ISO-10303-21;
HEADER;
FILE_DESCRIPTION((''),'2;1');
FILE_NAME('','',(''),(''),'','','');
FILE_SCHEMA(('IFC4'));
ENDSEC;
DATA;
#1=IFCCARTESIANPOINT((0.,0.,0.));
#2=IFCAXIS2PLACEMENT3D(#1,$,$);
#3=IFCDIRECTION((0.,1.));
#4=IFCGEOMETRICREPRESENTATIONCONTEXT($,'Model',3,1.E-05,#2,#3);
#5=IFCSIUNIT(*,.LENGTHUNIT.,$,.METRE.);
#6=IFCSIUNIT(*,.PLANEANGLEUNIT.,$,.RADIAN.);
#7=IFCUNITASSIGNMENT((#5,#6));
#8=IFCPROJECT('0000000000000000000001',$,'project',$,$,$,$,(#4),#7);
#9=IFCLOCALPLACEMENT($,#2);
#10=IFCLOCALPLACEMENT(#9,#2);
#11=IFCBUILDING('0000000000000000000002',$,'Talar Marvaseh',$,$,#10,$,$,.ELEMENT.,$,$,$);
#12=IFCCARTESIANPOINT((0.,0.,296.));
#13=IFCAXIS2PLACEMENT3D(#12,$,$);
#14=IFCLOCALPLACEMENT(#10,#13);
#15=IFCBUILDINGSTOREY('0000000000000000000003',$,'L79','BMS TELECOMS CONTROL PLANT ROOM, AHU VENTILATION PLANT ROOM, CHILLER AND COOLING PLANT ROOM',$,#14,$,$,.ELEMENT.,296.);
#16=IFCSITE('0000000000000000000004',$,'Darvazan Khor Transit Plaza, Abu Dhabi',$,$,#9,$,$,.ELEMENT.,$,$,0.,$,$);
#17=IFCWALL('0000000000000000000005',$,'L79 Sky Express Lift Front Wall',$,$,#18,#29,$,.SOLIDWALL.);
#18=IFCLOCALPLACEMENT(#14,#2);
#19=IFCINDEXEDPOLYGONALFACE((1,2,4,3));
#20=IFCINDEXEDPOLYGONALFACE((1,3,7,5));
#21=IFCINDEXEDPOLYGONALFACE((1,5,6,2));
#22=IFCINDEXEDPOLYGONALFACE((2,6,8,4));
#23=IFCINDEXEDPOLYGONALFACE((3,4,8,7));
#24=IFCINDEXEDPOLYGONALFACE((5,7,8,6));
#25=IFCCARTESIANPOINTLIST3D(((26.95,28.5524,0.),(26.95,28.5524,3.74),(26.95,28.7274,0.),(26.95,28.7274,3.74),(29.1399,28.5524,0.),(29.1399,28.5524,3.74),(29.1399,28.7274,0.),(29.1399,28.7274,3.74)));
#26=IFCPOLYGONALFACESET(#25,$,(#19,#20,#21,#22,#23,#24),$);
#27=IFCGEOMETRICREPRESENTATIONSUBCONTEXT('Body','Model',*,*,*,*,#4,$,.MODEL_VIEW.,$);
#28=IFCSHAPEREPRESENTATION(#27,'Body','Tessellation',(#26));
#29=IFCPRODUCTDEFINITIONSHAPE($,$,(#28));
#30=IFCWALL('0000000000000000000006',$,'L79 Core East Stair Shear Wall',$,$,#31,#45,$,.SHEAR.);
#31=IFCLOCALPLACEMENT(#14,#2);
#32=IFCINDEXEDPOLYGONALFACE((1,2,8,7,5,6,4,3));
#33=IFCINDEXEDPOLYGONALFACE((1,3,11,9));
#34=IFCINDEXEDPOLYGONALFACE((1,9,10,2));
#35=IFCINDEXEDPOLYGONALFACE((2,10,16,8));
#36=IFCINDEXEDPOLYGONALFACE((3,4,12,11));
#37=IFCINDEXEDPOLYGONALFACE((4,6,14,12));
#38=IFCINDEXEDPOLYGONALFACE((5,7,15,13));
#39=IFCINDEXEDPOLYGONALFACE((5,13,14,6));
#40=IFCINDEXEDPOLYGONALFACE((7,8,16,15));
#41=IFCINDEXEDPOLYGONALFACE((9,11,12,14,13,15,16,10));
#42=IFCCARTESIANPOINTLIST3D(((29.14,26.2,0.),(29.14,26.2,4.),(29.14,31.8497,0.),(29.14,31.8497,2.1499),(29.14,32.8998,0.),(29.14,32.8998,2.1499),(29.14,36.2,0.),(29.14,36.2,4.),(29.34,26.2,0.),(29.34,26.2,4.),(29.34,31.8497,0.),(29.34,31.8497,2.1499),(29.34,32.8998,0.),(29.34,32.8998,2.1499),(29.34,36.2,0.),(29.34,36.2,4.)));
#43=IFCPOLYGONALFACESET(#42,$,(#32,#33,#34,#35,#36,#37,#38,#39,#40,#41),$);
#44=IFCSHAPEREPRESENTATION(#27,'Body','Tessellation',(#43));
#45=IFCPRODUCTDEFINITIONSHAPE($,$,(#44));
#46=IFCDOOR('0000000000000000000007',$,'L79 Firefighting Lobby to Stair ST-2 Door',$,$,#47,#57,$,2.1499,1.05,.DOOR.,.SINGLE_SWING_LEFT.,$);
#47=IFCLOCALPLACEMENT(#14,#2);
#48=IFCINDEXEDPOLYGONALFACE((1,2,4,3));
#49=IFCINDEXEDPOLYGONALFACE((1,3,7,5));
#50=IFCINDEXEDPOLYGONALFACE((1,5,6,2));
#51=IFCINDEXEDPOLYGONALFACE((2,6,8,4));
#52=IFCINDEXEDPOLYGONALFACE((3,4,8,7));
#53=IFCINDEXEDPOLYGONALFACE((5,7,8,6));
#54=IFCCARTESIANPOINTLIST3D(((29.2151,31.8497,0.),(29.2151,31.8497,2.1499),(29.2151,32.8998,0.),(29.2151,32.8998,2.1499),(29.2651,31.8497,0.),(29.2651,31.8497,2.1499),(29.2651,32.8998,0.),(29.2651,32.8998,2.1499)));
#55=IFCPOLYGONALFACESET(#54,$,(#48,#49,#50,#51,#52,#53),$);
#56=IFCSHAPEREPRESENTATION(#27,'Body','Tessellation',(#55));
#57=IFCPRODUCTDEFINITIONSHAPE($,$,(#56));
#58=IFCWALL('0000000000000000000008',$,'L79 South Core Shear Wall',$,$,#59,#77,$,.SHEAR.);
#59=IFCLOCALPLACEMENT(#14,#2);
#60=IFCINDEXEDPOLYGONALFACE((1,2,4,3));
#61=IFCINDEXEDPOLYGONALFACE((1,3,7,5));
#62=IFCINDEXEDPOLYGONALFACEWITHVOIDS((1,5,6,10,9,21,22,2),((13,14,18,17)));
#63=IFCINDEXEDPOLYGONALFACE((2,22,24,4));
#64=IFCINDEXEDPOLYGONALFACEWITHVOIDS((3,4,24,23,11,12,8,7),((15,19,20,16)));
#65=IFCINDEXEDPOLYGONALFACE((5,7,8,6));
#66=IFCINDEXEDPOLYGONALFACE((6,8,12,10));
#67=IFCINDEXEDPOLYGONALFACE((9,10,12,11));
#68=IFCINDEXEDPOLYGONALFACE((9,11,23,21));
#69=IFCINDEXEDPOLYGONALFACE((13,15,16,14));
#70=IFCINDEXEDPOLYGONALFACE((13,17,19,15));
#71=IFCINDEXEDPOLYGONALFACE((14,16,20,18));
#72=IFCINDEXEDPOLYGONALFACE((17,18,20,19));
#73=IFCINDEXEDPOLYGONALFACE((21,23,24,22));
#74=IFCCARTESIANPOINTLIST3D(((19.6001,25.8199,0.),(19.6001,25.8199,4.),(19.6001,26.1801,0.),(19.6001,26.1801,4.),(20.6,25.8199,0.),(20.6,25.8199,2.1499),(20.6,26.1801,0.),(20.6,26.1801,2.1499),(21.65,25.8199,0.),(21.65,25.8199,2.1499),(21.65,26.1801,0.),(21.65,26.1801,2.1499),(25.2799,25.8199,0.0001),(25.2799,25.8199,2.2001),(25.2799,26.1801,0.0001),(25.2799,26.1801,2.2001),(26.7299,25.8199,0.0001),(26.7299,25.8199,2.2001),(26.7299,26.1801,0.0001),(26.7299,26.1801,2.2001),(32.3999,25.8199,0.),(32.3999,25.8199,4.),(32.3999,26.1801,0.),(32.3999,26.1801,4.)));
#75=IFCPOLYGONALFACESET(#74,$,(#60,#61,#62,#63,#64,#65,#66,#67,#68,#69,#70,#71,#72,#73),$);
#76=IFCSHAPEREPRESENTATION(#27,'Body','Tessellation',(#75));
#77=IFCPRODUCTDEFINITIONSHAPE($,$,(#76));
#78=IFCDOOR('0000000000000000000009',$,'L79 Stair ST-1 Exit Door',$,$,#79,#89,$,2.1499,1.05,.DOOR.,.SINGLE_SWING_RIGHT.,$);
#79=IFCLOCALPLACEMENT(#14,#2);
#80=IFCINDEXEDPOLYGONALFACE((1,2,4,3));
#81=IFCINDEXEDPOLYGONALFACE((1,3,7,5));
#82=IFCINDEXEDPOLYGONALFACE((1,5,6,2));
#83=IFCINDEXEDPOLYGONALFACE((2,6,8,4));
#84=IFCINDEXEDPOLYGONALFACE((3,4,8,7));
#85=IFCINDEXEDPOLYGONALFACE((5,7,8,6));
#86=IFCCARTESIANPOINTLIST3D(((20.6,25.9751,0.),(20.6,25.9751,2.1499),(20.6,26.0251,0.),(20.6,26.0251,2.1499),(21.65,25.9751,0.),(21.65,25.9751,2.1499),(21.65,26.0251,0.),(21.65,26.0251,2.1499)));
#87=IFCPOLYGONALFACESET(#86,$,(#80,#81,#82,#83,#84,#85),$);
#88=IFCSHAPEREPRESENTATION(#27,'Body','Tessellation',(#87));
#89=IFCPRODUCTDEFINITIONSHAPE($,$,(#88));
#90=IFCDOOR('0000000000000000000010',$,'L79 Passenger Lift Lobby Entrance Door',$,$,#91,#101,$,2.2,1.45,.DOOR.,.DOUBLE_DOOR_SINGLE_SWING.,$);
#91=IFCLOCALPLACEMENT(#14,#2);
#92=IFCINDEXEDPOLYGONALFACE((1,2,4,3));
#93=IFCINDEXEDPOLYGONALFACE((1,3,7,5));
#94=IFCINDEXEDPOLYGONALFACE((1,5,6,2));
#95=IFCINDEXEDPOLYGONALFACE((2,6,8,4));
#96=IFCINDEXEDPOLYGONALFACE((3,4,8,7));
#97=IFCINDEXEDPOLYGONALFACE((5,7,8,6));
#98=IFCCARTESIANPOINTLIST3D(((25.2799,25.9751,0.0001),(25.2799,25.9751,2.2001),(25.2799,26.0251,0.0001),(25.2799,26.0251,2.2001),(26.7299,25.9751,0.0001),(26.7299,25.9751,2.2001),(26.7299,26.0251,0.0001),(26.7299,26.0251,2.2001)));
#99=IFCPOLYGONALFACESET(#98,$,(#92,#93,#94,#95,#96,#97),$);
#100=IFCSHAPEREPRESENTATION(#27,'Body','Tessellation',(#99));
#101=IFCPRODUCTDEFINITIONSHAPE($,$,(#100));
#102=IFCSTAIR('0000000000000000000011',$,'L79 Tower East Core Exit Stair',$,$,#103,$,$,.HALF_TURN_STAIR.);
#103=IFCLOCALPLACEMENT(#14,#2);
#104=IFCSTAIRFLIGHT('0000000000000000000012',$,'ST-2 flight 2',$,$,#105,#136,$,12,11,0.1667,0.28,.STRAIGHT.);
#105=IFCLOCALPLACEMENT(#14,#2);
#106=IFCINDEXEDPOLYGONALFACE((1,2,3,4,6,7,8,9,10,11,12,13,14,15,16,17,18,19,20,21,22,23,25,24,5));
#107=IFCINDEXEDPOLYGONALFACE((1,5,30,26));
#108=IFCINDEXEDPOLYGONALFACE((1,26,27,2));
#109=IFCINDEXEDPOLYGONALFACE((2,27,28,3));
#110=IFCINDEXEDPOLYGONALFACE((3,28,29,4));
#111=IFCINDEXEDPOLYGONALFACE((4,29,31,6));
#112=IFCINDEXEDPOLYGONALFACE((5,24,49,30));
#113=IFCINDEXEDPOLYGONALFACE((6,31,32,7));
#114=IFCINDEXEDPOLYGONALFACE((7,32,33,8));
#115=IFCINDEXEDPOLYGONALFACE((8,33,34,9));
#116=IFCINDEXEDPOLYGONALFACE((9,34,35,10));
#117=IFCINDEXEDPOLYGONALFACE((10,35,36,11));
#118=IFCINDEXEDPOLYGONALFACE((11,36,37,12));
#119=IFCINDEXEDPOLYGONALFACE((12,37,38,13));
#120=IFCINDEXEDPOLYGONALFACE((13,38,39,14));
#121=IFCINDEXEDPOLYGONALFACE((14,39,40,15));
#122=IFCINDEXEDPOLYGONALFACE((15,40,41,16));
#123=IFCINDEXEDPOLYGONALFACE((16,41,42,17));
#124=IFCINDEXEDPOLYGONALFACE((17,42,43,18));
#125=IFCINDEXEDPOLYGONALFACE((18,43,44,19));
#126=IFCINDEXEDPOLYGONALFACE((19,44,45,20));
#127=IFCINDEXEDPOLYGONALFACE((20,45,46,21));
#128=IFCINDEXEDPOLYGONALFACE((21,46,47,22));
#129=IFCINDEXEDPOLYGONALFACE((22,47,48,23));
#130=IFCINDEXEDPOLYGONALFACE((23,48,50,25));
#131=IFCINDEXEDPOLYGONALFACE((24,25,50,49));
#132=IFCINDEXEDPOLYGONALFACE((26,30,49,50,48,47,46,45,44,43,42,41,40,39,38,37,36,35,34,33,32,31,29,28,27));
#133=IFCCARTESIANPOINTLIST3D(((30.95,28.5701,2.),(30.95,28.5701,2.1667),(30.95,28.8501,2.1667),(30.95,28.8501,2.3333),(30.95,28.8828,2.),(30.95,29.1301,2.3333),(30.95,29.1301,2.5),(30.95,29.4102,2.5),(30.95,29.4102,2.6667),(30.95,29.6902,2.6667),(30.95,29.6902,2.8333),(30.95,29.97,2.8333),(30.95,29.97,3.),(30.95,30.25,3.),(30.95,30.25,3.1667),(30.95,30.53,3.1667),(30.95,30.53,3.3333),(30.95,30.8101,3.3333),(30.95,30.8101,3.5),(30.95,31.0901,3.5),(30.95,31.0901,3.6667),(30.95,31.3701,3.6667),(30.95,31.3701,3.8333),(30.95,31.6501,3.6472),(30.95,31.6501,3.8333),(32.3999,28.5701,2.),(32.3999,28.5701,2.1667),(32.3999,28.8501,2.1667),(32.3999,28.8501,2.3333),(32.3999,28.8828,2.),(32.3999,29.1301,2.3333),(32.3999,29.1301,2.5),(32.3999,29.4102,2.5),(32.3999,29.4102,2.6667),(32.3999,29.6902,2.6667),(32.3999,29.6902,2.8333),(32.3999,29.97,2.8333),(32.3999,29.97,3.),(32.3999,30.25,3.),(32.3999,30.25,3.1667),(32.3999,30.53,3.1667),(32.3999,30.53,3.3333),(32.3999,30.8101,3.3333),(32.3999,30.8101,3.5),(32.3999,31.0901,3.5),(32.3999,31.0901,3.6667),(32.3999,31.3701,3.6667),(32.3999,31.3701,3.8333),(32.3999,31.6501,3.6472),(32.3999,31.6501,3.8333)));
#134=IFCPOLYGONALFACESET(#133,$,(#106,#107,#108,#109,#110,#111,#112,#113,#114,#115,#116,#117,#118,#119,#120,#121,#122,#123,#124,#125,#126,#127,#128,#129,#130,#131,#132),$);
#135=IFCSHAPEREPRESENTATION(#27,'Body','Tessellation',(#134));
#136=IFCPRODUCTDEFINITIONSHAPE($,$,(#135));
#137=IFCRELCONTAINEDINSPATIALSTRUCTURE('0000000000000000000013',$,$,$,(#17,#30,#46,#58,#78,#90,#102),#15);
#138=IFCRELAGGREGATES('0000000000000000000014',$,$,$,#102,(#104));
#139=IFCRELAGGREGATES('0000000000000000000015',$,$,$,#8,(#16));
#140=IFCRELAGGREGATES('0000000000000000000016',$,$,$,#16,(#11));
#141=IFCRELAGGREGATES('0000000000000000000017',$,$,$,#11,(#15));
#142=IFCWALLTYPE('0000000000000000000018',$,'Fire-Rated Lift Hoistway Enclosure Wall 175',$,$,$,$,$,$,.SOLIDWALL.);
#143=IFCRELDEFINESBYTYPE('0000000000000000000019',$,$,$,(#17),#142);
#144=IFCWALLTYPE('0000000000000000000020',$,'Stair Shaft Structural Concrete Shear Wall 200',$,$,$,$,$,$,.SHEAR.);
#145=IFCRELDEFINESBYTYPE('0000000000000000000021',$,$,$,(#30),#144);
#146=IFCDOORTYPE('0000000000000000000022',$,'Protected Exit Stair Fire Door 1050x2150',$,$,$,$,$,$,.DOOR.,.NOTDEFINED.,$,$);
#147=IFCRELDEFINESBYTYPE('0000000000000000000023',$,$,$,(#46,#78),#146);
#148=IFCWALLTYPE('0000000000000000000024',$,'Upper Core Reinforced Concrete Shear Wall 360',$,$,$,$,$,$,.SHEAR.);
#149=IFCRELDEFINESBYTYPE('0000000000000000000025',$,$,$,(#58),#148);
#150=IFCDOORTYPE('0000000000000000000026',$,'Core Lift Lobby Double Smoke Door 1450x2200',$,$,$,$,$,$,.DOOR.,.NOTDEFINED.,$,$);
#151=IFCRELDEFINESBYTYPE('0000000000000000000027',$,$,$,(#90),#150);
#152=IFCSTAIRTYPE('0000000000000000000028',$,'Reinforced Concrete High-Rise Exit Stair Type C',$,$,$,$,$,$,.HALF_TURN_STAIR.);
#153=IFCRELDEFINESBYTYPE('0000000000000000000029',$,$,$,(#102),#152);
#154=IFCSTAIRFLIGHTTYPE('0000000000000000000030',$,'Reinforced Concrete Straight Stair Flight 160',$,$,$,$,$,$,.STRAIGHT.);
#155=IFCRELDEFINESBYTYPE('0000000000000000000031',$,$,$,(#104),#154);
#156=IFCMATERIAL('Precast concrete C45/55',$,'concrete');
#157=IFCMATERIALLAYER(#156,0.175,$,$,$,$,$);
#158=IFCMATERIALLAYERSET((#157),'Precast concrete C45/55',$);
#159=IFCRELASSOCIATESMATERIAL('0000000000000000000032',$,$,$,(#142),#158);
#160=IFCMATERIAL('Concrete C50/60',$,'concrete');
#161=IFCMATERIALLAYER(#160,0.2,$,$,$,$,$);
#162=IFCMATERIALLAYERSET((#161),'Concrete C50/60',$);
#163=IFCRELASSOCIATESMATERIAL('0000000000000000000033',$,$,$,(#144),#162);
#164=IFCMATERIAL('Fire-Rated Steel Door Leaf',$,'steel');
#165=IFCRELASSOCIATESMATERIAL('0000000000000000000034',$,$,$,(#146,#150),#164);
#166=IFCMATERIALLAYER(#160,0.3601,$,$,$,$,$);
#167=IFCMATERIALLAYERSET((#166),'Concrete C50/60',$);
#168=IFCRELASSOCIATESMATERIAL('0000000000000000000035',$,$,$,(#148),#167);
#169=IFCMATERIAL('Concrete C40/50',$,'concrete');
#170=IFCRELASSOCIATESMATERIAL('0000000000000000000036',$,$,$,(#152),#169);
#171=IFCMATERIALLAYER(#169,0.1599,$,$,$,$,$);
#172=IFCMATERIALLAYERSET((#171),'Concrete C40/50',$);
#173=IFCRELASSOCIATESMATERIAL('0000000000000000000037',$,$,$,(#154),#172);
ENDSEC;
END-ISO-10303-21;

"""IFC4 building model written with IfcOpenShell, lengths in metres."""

from ifc_helpers import new_model, si_unit, direction, frame, frame_2d, origin, place, context, subcontext, project, spatial, polyline, rectangle, outline, extrude, source, transform, mapped, material, layer, layer_set, type_object, type_shapes, element, fill, aggregate, save


model = new_model("IFC4")

# Units and contexts
model_context = context("Model", 3, precision=1e-05, world=origin(), true_north=direction((0.0, 1.0)))
body_context = subcontext(model_context, "Body", "Model", "MODEL_VIEW")
ifc_project = project(units=[si_unit("LENGTHUNIT", "METRE"), si_unit("PLANEANGLEUNIT", "RADIAN")], contexts=[model_context])

# Site, building, storey
site_placement = place(None, origin())
site = spatial("IfcSite", under=ifc_project, at=site_placement, Name="Darvazan Khor Transit Plaza, Abu Dhabi", CompositionType="ELEMENT", RefElevation=0.0)
building_placement = place(site_placement, origin())
building = spatial("IfcBuilding", under=site, at=building_placement, Name="Talar Marvaseh", CompositionType="ELEMENT")
storey_placement = place(building_placement, frame((0.0, 0.0, 296.0)))
storey = spatial("IfcBuildingStorey", under=building, at=storey_placement, Name="L79", Description="BMS TELECOMS CONTROL PLANT ROOM, AHU VENTILATION PLANT ROOM, CHILLER AND COOLING PLANT ROOM", CompositionType="ELEMENT", Elevation=296.0)

# Shared definitions
ifc_material_1 = material(Name="Concrete C50/60", Category="concrete")

# Wall
ifc_material_2 = material(Name="Precast concrete C45/55", Category="concrete")
ifc_layer_1 = layer(ifc_material_2, 0.175)
ifc_layer_set_1 = layer_set([ifc_layer_1], Name="Precast concrete C45/55")
wall_type_1 = type_object("IfcWallType", Name="Fire-Rated Lift Hoistway Enclosure Wall 175", PredefinedType="SOLIDWALL", material=ifc_layer_set_1)
wall_1_placement = place(storey_placement, frame((26.95, 28.6399, 0.0), z_axis=(0.0, 0.0, 1.0), x_axis=(1.0, 0.0, 0.0)))
element("IfcWall", 1, at=wall_1_placement, inside=storey, type_object=wall_type_1, Name="L79 Sky Express Lift Front Wall", PredefinedType="SOLIDWALL", context=body_context, shape_type="SweptSolid", body=[
    extrude(rectangle(XDim=2.1899, YDim=0.175, at=frame_2d((1.095, 0.0))), origin(), (0.0, 0.0, 1.0), 3.74),
])

# Wall, opening, door
ifc_layer_2 = layer(ifc_material_1, 0.2)
ifc_layer_set_2 = layer_set([ifc_layer_2], Name="Concrete C50/60")
wall_type_2 = type_object("IfcWallType", Name="Stair Shaft Structural Concrete Shear Wall 200", PredefinedType="SHEAR", material=ifc_layer_set_2)
wall_2_placement = place(storey_placement, frame((29.24, 26.2, 0.0), z_axis=(0.0, 0.0, 1.0), x_axis=(0.0, 1.0, 0.0)))
wall_2 = element("IfcWall", 2, at=wall_2_placement, inside=storey, type_object=wall_type_2, Name="L79 Core East Stair Shear Wall", PredefinedType="SHEAR", context=body_context, shape_type="SweptSolid", body=[
    extrude(rectangle(XDim=10.0, YDim=0.2, at=frame_2d((5.0, 0.0))), origin(), (0.0, 0.0, 1.0), 4.0),
])
opening_1_placement = place(wall_2_placement, frame((5.6499, 0.0, 0.0)))
opening_1 = element("IfcOpeningElement", 3, at=opening_1_placement, cuts=wall_2, PredefinedType="OPENING", context=body_context, shape_type="SweptSolid", body=[
    extrude(rectangle(XDim=1.05, YDim=2.1499, at=frame_2d((0.5249, 1.075))), frame((0.0, 0.1099, 0.0), z_axis=(0.0, -1.0, 0.0), x_axis=(1.0, 0.0, 0.0)), (0.0, 0.0, 1.0), 0.22),
])
ifc_material_3 = material(Name="Fire-Rated Steel Door Leaf", Category="steel")
door_type_1 = type_object("IfcDoorType", Name="Protected Exit Stair Fire Door 1050x2150", OperationType="NOTDEFINED", PredefinedType="DOOR", material=ifc_material_3)
shared_shape_1 = source(origin(), body_context, "Body", "SweptSolid", [
    extrude(rectangle(XDim=1.05, YDim=2.1499, at=frame_2d((0.5249, 1.075))), frame((0.0, 0.0249, 0.0), z_axis=(0.0, -1.0, 0.0), x_axis=(1.0, 0.0, 0.0)), (0.0, 0.0, 1.0), 0.05),
])
type_shapes(door_type_1, [shared_shape_1])
door_1_placement = place(opening_1_placement, origin())
door_1 = element("IfcDoor", 4, at=door_1_placement, inside=storey, type_object=door_type_1, Name="L79 Firefighting Lobby to Stair ST-2 Door", OperationType="SINGLE_SWING_LEFT", OverallHeight=2.1499, OverallWidth=1.05, PredefinedType="DOOR", context=body_context, shape_type="MappedRepresentation", body=[
    mapped(shared_shape_1, transform((0.0, 0.0, 0.0), x_axis=(1.0, 0.0, 0.0), y_axis=(0.0, 1.0, 0.0), z_axis=(0.0, 0.0, 1.0), scale=1.0)),
])
fill(opening_1, door_1)

# Wall, openings, doors
ifc_layer_3 = layer(ifc_material_1, 0.3601)
ifc_layer_set_3 = layer_set([ifc_layer_3], Name="Concrete C50/60")
wall_type_3 = type_object("IfcWallType", Name="Upper Core Reinforced Concrete Shear Wall 360", PredefinedType="SHEAR", material=ifc_layer_set_3)
wall_3_placement = place(storey_placement, frame((32.3999, 26.0, 0.0), z_axis=(0.0, 0.0, 1.0), x_axis=(-1.0, 0.0, 0.0)))
wall_3 = element("IfcWall", 5, at=wall_3_placement, inside=storey, type_object=wall_type_3, Name="L79 South Core Shear Wall", PredefinedType="SHEAR", context=body_context, shape_type="SweptSolid", body=[
    extrude(rectangle(XDim=12.7998, YDim=0.3601, at=frame_2d((6.3999, 0.0))), origin(), (0.0, 0.0, 1.0), 4.0),
])
opening_2_placement = place(wall_3_placement, frame((10.75, 0.0, 0.0)))
opening_2 = element("IfcOpeningElement", 6, at=opening_2_placement, cuts=wall_3, PredefinedType="OPENING", context=body_context, shape_type="SweptSolid", body=[
    extrude(rectangle(XDim=1.05, YDim=2.1499, at=frame_2d((0.5249, 1.075))), frame((0.0, 0.1899, 0.0), z_axis=(0.0, -1.0, 0.0), x_axis=(1.0, 0.0, 0.0)), (0.0, 0.0, 1.0), 0.3801),
])
opening_3_placement = place(wall_3_placement, frame((5.6699, 0.0, 0.0)))
opening_3 = element("IfcOpeningElement", 7, at=opening_3_placement, cuts=wall_3, PredefinedType="OPENING", context=body_context, shape_type="SweptSolid", body=[
    extrude(rectangle(XDim=1.45, YDim=2.2, at=frame_2d((0.7251, 1.1001))), frame((0.0, 0.1899, 0.0), z_axis=(0.0, -1.0, 0.0), x_axis=(1.0, 0.0, 0.0)), (0.0, 0.0, 1.0), 0.3801),
])
door_2_placement = place(opening_2_placement, origin())
door_2 = element("IfcDoor", 8, at=door_2_placement, inside=storey, type_object=door_type_1, Name="L79 Stair ST-1 Exit Door", OperationType="SINGLE_SWING_RIGHT", OverallHeight=2.1499, OverallWidth=1.05, PredefinedType="DOOR", context=body_context, shape_type="MappedRepresentation", body=[
    mapped(shared_shape_1, transform((0.0, 0.0, 0.0), x_axis=(1.0, 0.0, 0.0), y_axis=(0.0, 1.0, 0.0), z_axis=(0.0, 0.0, 1.0), scale=1.0)),
])
fill(opening_2, door_2)
door_type_2 = type_object("IfcDoorType", Name="Core Lift Lobby Double Smoke Door 1450x2200", OperationType="NOTDEFINED", PredefinedType="DOOR", material=ifc_material_3)
shared_shape_2 = source(origin(), body_context, "Body", "SweptSolid", [
    extrude(rectangle(XDim=1.45, YDim=2.2, at=frame_2d((0.7251, 1.1001))), frame((0.0, 0.0249, 0.0), z_axis=(0.0, -1.0, 0.0), x_axis=(1.0, 0.0, 0.0)), (0.0, 0.0, 1.0), 0.05),
])
type_shapes(door_type_2, [shared_shape_2])
door_3_placement = place(opening_3_placement, origin())
door_3 = element("IfcDoor", 9, at=door_3_placement, inside=storey, type_object=door_type_2, Name="L79 Passenger Lift Lobby Entrance Door", OperationType="DOUBLE_DOOR_SINGLE_SWING", OverallHeight=2.2, OverallWidth=1.45, PredefinedType="DOOR", context=body_context, shape_type="MappedRepresentation", body=[
    mapped(shared_shape_2, transform((0.0, 0.0, 0.0), x_axis=(1.0, 0.0, 0.0), y_axis=(0.0, 1.0, 0.0), z_axis=(0.0, 0.0, 1.0), scale=1.0)),
])
fill(opening_3, door_3)

# Stair, stair flight
ifc_material_4 = material(Name="Concrete C40/50", Category="concrete")
stair_type = type_object("IfcStairType", Name="Reinforced Concrete High-Rise Exit Stair Type C", PredefinedType="HALF_TURN_STAIR", material=ifc_material_4)
stair_placement = place(storey_placement, origin())
stair = element("IfcStair", 10, at=stair_placement, inside=storey, type_object=stair_type, Name="L79 Tower East Core Exit Stair", PredefinedType="HALF_TURN_STAIR")
ifc_layer_4 = layer(ifc_material_4, 0.1599)
ifc_layer_set_4 = layer_set([ifc_layer_4], Name="Concrete C40/50")
stair_flight_type = type_object("IfcStairFlightType", Name="Reinforced Concrete Straight Stair Flight 160", PredefinedType="STRAIGHT", material=ifc_layer_set_4)
stair_flight_placement = place(storey_placement, frame((31.675, 28.5701, 2.0), z_axis=(0.0, 0.0, 1.0), x_axis=(0.0, 1.0, 0.0)))
stair_flight = element("IfcStairFlight", 11, at=stair_flight_placement, type_object=stair_flight_type, Name="ST-2 flight 2", NumberOfRisers=12, NumberOfTreads=11, PredefinedType="STRAIGHT", RiserHeight=0.1667, TreadLength=0.28, context=body_context, shape_type="SweptSolid", body=[
    extrude(outline(polyline([(0.0, 0.0), (0.0, 0.1667), (0.28, 0.1667), (0.28, 0.3333), (0.5601, 0.3333), (0.5601, 0.5), (0.8401, 0.5), (0.8401, 0.6667), (1.1201, 0.6667), (1.1201, 0.8333), (1.3999, 0.8333), (1.3999, 1.0), (1.6799, 1.0), (1.6799, 1.1667), (1.96, 1.1667), (1.96, 1.3333), (2.24, 1.3333), (2.24, 1.5), (2.52, 1.5), (2.52, 1.6667), (2.8, 1.6667), (2.8, 1.8333), (3.0801, 1.8333), (3.0801, 2.0), (3.0801, 1.6472), (0.3127, 0.0), (0.0, 0.0)])), frame((0.0, 0.7251, 0.0), z_axis=(0.0, -1.0, 0.0), x_axis=(1.0, 0.0, 0.0)), (0.0, 0.0, 1.0), 1.45),
])
aggregate(stair, [stair_flight])

save(model, "model.ifc")
